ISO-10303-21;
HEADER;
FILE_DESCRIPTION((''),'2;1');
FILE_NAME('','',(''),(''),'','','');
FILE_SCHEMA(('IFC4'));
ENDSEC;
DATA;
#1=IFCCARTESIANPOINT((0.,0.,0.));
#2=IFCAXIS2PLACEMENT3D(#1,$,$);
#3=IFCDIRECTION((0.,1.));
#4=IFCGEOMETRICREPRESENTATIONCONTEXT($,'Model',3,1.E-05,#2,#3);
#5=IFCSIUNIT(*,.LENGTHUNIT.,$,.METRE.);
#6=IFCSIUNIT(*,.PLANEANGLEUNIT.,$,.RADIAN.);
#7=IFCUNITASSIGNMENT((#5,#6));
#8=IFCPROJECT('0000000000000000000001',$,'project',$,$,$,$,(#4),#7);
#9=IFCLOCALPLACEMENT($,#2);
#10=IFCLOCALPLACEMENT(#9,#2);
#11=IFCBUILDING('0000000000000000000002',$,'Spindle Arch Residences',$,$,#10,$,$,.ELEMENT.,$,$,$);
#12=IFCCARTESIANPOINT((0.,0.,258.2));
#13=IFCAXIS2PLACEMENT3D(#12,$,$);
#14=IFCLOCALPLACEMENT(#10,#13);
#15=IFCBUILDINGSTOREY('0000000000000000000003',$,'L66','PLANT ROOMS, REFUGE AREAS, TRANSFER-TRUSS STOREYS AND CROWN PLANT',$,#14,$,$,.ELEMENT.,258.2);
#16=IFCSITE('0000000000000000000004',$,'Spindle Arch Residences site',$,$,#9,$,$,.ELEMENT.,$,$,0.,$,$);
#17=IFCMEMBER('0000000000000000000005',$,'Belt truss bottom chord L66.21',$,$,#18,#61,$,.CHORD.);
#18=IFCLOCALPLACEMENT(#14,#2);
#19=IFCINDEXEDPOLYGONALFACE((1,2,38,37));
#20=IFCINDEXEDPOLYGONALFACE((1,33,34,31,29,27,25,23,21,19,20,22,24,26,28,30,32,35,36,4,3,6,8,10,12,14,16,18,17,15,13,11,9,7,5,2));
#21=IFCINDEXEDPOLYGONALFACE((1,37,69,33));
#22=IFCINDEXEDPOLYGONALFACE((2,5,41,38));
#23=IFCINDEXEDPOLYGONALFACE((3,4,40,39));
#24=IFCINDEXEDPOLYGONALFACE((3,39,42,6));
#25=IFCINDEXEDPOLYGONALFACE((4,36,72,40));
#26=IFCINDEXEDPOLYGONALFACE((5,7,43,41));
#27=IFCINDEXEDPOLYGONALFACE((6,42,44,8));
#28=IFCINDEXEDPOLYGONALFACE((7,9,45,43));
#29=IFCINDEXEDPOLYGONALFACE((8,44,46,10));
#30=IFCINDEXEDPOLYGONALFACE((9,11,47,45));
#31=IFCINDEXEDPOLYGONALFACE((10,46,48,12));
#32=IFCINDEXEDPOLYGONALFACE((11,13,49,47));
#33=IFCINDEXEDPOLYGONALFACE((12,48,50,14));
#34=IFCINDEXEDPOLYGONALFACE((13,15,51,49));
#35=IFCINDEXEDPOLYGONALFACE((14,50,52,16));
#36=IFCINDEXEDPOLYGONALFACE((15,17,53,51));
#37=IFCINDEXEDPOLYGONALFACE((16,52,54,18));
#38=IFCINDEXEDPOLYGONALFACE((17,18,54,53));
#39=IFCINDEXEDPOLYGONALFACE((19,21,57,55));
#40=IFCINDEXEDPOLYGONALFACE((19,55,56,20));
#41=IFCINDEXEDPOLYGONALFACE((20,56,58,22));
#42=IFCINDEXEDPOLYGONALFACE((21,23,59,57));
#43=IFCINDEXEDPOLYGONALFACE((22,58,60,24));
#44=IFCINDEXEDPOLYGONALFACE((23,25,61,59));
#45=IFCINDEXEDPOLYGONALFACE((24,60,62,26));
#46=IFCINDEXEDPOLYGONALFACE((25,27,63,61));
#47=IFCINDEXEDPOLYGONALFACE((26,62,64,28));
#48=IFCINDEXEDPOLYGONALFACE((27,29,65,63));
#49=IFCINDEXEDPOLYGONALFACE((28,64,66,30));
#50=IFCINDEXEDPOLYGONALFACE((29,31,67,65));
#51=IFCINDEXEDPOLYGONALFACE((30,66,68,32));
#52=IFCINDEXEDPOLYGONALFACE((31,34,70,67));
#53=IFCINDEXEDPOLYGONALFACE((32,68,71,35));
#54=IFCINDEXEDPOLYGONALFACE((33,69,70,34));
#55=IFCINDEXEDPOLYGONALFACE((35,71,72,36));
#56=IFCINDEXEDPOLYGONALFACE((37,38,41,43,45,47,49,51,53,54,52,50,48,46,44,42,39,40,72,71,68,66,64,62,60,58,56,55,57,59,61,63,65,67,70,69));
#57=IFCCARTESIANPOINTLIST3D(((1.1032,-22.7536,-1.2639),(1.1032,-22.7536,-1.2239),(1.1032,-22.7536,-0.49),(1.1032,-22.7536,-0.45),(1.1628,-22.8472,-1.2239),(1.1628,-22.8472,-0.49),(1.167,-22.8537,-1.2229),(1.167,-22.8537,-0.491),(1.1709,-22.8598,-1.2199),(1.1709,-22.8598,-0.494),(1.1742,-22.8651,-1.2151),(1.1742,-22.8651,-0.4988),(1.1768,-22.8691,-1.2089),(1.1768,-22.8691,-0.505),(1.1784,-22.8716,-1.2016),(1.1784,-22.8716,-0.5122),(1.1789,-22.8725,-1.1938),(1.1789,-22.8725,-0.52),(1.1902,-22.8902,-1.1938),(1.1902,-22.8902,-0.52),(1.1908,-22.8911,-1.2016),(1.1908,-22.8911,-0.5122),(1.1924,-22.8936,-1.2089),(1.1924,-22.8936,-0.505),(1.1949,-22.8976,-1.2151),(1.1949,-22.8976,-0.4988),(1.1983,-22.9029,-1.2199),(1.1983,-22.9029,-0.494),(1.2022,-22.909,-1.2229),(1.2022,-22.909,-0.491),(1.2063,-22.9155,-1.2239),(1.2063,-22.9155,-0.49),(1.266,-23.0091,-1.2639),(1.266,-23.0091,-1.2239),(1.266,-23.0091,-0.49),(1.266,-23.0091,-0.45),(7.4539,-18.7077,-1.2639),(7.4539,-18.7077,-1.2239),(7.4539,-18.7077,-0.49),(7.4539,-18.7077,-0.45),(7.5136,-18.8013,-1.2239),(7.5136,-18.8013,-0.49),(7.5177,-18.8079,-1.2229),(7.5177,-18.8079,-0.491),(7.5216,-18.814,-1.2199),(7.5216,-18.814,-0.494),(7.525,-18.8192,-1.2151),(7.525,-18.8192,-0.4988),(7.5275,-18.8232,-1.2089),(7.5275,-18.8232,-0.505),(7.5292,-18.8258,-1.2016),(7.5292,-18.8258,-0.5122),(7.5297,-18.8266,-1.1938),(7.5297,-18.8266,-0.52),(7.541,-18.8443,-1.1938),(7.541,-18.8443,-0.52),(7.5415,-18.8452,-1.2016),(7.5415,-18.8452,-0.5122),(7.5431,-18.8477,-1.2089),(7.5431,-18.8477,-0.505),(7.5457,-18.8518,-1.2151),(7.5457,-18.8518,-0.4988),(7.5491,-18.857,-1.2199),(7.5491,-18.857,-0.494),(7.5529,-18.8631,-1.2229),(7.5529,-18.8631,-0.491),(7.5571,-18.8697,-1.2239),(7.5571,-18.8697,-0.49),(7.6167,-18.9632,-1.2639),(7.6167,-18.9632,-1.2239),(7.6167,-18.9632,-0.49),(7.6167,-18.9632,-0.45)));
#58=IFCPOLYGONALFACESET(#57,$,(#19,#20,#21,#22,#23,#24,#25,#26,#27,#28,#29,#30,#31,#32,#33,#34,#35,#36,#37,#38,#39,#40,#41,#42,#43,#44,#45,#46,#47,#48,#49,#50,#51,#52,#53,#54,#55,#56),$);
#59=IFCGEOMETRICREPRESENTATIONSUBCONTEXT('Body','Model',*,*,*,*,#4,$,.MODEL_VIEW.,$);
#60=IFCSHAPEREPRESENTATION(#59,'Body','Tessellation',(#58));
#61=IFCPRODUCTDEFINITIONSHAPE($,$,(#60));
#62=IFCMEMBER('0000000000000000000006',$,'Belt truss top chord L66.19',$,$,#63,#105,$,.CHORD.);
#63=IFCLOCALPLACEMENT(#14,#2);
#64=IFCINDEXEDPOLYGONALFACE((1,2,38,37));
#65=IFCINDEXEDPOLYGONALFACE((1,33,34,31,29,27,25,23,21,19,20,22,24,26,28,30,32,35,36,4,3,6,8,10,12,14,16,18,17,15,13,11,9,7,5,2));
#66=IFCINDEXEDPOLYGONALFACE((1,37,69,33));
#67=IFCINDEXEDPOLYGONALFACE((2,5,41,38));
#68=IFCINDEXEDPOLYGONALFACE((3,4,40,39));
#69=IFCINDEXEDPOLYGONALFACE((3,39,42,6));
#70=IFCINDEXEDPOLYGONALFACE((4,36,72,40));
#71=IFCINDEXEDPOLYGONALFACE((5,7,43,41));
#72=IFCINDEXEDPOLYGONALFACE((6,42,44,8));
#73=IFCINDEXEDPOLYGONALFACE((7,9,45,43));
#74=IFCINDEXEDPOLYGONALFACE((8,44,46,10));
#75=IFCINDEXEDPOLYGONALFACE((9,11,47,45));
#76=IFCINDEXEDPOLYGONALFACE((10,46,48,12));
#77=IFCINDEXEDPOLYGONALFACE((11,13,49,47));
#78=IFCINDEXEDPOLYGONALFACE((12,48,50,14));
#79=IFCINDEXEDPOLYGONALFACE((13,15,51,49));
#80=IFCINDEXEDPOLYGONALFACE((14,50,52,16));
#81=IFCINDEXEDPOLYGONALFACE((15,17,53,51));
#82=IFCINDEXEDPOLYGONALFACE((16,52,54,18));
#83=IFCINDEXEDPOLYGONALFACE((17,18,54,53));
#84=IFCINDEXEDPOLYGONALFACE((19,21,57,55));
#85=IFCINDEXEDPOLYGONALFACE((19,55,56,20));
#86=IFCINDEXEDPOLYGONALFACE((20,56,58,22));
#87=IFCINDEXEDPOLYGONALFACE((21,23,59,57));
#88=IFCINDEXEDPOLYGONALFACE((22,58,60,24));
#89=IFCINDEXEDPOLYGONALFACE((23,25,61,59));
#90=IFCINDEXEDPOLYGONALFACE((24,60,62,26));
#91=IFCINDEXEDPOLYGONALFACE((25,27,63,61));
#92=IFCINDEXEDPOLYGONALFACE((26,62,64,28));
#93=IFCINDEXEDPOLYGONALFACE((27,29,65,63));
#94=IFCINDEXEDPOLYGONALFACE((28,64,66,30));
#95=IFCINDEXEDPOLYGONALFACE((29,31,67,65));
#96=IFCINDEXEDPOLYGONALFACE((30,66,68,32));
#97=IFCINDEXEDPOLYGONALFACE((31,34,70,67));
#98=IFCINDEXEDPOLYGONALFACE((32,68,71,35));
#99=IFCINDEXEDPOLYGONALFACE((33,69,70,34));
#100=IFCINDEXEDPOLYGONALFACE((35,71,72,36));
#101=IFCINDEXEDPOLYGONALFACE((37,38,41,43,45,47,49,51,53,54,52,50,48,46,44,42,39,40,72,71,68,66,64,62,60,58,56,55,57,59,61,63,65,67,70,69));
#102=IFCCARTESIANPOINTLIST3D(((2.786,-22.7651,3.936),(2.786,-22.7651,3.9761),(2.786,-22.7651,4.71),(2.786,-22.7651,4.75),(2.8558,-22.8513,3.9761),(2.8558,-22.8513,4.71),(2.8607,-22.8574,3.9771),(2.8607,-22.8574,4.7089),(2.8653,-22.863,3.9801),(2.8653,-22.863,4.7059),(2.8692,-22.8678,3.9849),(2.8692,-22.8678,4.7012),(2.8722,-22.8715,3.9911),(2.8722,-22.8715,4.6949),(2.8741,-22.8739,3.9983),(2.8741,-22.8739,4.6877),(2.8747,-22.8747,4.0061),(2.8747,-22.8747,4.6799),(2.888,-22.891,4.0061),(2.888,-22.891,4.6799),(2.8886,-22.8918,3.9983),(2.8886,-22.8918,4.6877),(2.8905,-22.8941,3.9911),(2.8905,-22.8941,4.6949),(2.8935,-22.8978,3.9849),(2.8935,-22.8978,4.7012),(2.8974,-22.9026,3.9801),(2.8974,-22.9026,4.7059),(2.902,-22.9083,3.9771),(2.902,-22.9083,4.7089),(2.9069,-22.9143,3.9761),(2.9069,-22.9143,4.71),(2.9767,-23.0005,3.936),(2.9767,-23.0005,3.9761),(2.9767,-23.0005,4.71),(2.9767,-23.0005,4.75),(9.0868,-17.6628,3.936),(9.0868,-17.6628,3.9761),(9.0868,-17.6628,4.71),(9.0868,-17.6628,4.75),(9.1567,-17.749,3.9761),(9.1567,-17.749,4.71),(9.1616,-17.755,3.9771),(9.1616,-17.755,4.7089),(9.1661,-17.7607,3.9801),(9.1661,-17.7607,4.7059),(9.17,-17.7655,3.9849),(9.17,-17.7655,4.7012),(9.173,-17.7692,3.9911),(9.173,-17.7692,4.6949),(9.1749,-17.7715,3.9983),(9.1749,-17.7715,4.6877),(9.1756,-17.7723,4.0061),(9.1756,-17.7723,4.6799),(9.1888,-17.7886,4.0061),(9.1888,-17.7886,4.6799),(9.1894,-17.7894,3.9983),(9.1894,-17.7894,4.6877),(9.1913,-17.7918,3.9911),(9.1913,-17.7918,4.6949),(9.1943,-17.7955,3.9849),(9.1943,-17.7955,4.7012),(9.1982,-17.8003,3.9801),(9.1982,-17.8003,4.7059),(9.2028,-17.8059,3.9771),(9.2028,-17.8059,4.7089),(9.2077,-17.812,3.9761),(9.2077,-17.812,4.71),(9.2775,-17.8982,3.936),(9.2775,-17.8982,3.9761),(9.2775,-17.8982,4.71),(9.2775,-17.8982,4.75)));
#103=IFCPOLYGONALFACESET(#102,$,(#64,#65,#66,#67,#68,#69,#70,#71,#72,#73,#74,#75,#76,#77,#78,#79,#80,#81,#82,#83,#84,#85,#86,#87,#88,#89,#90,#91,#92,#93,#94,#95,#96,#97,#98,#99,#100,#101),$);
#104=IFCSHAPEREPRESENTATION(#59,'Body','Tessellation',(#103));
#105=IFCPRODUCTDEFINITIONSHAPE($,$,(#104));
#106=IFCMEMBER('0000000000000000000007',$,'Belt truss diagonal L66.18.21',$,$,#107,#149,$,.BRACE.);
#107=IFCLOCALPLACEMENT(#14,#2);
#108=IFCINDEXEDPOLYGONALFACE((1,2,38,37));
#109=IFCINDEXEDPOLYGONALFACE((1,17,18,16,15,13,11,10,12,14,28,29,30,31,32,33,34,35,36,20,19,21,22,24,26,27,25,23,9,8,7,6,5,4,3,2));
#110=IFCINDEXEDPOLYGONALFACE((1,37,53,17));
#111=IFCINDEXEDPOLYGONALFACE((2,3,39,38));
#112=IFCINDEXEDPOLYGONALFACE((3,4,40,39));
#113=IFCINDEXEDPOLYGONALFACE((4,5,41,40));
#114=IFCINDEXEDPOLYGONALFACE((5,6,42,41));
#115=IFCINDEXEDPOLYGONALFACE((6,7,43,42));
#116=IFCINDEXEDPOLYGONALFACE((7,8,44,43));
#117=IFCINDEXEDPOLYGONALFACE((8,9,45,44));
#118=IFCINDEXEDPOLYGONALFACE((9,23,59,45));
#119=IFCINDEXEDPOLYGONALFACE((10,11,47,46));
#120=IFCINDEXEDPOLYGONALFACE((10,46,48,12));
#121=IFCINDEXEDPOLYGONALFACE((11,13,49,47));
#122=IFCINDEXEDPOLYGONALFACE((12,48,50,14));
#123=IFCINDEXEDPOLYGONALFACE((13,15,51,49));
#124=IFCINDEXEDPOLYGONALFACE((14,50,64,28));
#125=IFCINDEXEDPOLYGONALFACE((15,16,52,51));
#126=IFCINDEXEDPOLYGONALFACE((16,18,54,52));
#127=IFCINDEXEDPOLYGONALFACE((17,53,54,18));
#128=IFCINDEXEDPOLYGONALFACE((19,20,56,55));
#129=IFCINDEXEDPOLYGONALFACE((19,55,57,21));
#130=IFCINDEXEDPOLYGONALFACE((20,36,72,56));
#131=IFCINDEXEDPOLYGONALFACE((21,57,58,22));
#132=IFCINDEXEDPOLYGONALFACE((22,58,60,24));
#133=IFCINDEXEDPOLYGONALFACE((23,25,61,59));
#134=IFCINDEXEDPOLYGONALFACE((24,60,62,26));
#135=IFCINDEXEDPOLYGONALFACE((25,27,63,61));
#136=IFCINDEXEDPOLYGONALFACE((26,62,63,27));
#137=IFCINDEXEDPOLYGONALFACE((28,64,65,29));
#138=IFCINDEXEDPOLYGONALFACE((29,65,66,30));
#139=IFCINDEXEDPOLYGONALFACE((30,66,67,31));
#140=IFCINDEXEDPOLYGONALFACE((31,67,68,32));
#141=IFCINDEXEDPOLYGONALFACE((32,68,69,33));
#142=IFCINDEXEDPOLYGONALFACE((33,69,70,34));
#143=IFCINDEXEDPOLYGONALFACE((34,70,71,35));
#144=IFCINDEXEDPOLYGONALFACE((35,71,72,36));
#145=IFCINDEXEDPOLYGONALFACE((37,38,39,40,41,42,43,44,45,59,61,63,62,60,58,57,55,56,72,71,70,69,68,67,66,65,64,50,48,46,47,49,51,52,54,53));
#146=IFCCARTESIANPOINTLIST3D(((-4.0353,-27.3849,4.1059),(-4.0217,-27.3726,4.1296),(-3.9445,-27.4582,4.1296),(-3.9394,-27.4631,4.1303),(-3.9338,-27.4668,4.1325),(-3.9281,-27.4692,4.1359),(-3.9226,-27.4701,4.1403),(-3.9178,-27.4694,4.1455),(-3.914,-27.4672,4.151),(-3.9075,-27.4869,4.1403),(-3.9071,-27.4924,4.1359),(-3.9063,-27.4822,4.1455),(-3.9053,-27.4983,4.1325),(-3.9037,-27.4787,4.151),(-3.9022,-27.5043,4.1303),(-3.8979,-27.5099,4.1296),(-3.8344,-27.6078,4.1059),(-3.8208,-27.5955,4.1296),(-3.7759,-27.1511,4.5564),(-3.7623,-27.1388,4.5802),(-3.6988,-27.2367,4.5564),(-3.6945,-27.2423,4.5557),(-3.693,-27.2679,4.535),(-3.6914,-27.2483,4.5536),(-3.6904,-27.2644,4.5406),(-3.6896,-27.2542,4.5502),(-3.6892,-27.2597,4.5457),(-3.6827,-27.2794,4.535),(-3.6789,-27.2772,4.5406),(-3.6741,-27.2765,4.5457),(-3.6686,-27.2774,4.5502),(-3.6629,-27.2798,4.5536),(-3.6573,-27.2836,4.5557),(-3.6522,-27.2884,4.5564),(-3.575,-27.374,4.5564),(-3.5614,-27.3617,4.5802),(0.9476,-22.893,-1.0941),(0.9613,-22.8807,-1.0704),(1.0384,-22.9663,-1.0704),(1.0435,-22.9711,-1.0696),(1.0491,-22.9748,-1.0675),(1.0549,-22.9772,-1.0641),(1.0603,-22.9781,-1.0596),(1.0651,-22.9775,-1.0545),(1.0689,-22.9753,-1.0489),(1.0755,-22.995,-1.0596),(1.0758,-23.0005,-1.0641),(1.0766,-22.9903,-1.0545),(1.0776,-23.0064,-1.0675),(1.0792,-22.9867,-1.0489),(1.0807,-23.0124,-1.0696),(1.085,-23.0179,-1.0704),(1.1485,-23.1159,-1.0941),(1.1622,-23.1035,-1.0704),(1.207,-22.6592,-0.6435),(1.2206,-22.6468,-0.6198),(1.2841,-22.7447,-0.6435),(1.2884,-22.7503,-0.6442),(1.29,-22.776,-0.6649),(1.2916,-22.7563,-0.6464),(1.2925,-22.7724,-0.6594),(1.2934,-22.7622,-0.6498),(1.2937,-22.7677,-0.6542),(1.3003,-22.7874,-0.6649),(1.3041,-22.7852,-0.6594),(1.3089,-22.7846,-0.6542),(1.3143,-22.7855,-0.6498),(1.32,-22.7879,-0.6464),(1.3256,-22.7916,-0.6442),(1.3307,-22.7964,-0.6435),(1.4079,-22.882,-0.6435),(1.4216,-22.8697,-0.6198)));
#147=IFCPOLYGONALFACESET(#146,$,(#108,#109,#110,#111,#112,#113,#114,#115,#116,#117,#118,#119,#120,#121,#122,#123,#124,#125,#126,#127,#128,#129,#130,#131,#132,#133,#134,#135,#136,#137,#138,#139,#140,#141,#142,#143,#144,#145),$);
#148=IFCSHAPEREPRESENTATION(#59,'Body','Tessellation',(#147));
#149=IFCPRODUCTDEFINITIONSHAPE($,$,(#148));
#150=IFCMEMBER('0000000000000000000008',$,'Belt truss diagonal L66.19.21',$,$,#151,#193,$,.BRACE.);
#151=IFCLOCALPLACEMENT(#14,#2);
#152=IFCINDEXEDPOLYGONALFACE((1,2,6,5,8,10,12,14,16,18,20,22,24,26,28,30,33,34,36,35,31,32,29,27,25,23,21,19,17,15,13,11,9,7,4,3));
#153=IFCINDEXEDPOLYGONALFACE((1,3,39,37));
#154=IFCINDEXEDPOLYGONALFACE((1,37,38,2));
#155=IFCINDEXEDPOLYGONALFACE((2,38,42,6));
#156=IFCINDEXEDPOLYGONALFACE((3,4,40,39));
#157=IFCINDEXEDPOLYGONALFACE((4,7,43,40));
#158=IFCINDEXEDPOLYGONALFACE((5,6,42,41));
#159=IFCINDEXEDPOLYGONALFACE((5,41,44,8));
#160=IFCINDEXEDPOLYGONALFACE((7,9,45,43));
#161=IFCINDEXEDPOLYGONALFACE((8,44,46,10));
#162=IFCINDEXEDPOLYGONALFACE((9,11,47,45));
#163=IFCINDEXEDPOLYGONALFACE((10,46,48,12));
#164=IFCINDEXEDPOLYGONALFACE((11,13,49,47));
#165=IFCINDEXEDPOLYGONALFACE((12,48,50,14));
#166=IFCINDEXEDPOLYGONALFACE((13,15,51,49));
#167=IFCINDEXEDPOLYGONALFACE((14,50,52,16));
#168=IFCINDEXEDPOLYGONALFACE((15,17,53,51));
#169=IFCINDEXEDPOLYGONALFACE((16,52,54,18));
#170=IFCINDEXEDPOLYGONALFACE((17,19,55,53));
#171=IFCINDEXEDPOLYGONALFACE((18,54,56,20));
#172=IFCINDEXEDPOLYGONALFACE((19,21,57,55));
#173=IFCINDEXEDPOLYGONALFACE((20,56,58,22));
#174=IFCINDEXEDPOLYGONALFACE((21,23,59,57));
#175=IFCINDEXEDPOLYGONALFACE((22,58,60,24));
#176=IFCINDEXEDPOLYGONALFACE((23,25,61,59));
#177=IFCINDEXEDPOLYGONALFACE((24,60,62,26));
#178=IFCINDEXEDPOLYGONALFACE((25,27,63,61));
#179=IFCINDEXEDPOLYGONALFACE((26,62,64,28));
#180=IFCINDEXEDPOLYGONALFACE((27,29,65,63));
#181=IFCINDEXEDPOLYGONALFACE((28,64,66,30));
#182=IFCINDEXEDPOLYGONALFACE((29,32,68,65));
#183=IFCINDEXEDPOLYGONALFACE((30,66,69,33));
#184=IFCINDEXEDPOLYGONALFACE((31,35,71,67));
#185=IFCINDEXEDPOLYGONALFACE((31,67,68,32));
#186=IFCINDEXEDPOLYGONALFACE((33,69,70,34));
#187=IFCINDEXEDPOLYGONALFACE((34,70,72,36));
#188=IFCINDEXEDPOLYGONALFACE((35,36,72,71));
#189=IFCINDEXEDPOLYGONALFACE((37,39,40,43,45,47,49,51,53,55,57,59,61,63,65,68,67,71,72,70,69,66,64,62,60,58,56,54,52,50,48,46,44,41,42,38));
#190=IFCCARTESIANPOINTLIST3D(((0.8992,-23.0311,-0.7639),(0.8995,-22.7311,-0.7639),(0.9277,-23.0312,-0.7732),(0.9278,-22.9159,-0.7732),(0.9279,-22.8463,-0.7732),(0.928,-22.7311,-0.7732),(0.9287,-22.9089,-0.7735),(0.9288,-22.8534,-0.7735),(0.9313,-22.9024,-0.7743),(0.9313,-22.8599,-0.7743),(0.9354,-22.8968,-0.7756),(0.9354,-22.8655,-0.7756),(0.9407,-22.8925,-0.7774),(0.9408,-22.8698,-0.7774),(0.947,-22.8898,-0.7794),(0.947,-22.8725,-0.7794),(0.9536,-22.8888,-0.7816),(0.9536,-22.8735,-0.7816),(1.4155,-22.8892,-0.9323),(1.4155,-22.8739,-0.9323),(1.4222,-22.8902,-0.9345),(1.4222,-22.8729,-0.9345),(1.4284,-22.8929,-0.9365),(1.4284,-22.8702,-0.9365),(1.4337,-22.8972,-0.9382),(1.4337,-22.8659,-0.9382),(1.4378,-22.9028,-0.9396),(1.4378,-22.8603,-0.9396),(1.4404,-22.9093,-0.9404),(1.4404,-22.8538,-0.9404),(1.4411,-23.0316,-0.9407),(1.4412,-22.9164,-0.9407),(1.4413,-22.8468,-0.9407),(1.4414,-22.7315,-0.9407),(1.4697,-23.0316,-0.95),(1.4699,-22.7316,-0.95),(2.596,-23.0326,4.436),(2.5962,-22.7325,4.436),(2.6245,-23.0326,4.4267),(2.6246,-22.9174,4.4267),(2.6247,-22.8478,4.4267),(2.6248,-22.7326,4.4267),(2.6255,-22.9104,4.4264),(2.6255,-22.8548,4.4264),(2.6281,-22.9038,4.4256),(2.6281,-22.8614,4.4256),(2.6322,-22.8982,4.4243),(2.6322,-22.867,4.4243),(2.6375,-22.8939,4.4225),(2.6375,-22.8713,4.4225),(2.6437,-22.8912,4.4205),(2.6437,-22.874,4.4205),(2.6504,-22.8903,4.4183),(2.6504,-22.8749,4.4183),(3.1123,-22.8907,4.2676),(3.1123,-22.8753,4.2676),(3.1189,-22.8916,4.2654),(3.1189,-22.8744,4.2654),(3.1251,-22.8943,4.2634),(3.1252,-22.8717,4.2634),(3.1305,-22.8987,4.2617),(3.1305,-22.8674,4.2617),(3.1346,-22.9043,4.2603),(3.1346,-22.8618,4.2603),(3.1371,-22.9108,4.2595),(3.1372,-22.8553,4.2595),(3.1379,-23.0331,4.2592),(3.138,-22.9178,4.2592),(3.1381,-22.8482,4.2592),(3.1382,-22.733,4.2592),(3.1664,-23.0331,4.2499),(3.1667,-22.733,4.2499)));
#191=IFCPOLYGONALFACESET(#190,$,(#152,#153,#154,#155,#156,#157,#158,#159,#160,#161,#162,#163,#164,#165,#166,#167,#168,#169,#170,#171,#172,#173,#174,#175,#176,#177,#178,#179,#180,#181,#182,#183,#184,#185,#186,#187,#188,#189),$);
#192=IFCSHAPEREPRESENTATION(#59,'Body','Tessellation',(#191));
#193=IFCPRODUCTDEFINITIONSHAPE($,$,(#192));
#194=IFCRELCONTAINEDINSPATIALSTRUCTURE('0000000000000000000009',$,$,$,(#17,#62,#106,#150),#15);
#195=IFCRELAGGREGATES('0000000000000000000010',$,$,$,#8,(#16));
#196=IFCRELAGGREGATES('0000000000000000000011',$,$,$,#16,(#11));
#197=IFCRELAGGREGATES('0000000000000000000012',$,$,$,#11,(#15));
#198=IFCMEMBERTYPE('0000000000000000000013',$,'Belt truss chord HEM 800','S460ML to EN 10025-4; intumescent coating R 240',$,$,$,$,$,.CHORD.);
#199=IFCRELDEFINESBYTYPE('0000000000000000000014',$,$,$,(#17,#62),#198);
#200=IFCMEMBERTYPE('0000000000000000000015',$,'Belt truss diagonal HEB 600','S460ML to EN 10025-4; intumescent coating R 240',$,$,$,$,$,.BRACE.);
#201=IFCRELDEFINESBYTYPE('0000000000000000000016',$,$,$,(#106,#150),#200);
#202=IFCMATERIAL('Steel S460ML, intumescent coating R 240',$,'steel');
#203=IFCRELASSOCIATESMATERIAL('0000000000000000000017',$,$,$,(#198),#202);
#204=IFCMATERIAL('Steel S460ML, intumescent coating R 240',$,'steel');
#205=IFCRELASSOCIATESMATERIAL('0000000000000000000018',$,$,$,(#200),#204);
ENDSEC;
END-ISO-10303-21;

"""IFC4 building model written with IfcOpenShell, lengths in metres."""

from ifc_helpers import new_model, si_unit, direction, frame, origin, origin_2d, place, context, subcontext, project, spatial, i_section, extrude, material, material_profile, profile_set, type_object, element, save


model = new_model("IFC4")

# Units and contexts
model_context = context("Model", 3, precision=1e-05, world=origin(), true_north=direction((0.0, 1.0)))
body_context = subcontext(model_context, "Body", "Model", "MODEL_VIEW")
ifc_project = project(units=[si_unit("LENGTHUNIT", "METRE"), si_unit("PLANEANGLEUNIT", "RADIAN")], contexts=[model_context])

# Site, building, storey
site_placement = place(None, origin())
site = spatial("IfcSite", under=ifc_project, at=site_placement, Name="Spindle Arch Residences site", CompositionType="ELEMENT", RefElevation=0.0)
building_placement = place(site_placement, origin())
building = spatial("IfcBuilding", under=site, at=building_placement, Name="Spindle Arch Residences", CompositionType="ELEMENT")
storey_placement = place(building_placement, frame((0.0, 0.0, 258.2)))
storey = spatial("IfcBuildingStorey", under=building, at=storey_placement, Name="L66", Description="PLANT ROOMS, REFUGE AREAS, TRANSFER-TRUSS STOREYS AND CROWN PLANT", CompositionType="ELEMENT", Elevation=258.2)

# Members
ifc_material_1 = material(Name="Steel S460ML, intumescent coating R 240", Category="steel")
ifc_material_profile_1 = material_profile(ifc_material_1, i_section(OverallWidth=0.303, OverallDepth=0.814, WebThickness=0.021, FlangeThickness=0.04, FilletRadius=0.03, at=origin_2d()), Name="HEM 800")
ifc_profile_set_1 = profile_set([ifc_material_profile_1], Name="Steel S460ML, intumescent coating R 240")
member_type_1 = type_object("IfcMemberType", Name="Belt truss chord HEM 800", Description="S460ML to EN 10025-4; intumescent coating R 240", PredefinedType="CHORD", material=ifc_profile_set_1)
member_1_placement = place(storey_placement, frame((1.1846, -22.8813, -0.8569), z_axis=(0.843393, 0.537297, 0.0), x_axis=(-0.537297, 0.843393, 0.0)))
element("IfcMember", 1, at=member_1_placement, inside=storey, type_object=member_type_1, Name="Belt truss bottom chord L66.21", PredefinedType="CHORD", context=body_context, shape_type="SweptSolid", body=[
    extrude(i_section(OverallWidth=0.303, OverallDepth=0.814, WebThickness=0.021, FlangeThickness=0.04, FilletRadius=0.03, at=origin_2d()), origin(), (0.0, 0.0, 1.0), 7.53),
])
member_2_placement = place(storey_placement, frame((2.8813, -22.8828, 4.343), z_axis=(0.777145, 0.629322, 0.0), x_axis=(-0.629322, 0.777145, 0.0)))
element("IfcMember", 2, at=member_2_placement, inside=storey, type_object=member_type_1, Name="Belt truss top chord L66.19", PredefinedType="CHORD", context=body_context, shape_type="SweptSolid", body=[
    extrude(i_section(OverallWidth=0.303, OverallDepth=0.814, WebThickness=0.021, FlangeThickness=0.04, FilletRadius=0.03, at=origin_2d()), origin(), (0.0, 0.0, 1.0), 8.1077),
])
ifc_material_2 = material(Name="Steel S460ML, intumescent coating R 240", Category="steel")
ifc_material_profile_2 = material_profile(ifc_material_2, i_section(OverallWidth=0.3, OverallDepth=0.6001, WebThickness=0.0154, FlangeThickness=0.03, FilletRadius=0.0271, at=origin_2d()), Name="HEB 600")
ifc_profile_set_2 = profile_set([ifc_material_profile_2], Name="Steel S460ML, intumescent coating R 240")
member_type_2 = type_object("IfcMemberType", Name="Belt truss diagonal HEB 600", Description="S460ML to EN 10025-4; intumescent coating R 240", PredefinedType="BRACE", material=ifc_profile_set_2)
member_3_placement = place(storey_placement, frame((1.1846, -22.8813, -0.8569), z_axis=(-0.587052, -0.52921, 0.612623), x_axis=(0.669568, -0.742751, 0.0)))
element("IfcMember", 3, at=member_3_placement, inside=storey, type_object=member_type_2, Name="Belt truss diagonal L66.18.21", PredefinedType="BRACE", context=body_context, shape_type="SweptSolid", body=[
    extrude(i_section(OverallWidth=0.3, OverallDepth=0.6001, WebThickness=0.0154, FlangeThickness=0.03, FilletRadius=0.0271, at=origin_2d()), origin(), (0.0, 0.0, 1.0), 8.488),
])
member_4_placement = place(storey_placement, frame((1.1846, -22.8813, -0.8569), z_axis=(0.310209, -0.000268, 0.950668), x_axis=(0.000863, 1.0, 0.0)))
element("IfcMember", 4, at=member_4_placement, inside=storey, type_object=member_type_2, Name="Belt truss diagonal L66.19.21", PredefinedType="BRACE", context=body_context, shape_type="SweptSolid", body=[
    extrude(i_section(OverallWidth=0.3, OverallDepth=0.6001, WebThickness=0.0154, FlangeThickness=0.03, FilletRadius=0.0271, at=origin_2d()), origin(), (0.0, 0.0, 1.0), 5.4697),
])

save(model, "model.ifc")
